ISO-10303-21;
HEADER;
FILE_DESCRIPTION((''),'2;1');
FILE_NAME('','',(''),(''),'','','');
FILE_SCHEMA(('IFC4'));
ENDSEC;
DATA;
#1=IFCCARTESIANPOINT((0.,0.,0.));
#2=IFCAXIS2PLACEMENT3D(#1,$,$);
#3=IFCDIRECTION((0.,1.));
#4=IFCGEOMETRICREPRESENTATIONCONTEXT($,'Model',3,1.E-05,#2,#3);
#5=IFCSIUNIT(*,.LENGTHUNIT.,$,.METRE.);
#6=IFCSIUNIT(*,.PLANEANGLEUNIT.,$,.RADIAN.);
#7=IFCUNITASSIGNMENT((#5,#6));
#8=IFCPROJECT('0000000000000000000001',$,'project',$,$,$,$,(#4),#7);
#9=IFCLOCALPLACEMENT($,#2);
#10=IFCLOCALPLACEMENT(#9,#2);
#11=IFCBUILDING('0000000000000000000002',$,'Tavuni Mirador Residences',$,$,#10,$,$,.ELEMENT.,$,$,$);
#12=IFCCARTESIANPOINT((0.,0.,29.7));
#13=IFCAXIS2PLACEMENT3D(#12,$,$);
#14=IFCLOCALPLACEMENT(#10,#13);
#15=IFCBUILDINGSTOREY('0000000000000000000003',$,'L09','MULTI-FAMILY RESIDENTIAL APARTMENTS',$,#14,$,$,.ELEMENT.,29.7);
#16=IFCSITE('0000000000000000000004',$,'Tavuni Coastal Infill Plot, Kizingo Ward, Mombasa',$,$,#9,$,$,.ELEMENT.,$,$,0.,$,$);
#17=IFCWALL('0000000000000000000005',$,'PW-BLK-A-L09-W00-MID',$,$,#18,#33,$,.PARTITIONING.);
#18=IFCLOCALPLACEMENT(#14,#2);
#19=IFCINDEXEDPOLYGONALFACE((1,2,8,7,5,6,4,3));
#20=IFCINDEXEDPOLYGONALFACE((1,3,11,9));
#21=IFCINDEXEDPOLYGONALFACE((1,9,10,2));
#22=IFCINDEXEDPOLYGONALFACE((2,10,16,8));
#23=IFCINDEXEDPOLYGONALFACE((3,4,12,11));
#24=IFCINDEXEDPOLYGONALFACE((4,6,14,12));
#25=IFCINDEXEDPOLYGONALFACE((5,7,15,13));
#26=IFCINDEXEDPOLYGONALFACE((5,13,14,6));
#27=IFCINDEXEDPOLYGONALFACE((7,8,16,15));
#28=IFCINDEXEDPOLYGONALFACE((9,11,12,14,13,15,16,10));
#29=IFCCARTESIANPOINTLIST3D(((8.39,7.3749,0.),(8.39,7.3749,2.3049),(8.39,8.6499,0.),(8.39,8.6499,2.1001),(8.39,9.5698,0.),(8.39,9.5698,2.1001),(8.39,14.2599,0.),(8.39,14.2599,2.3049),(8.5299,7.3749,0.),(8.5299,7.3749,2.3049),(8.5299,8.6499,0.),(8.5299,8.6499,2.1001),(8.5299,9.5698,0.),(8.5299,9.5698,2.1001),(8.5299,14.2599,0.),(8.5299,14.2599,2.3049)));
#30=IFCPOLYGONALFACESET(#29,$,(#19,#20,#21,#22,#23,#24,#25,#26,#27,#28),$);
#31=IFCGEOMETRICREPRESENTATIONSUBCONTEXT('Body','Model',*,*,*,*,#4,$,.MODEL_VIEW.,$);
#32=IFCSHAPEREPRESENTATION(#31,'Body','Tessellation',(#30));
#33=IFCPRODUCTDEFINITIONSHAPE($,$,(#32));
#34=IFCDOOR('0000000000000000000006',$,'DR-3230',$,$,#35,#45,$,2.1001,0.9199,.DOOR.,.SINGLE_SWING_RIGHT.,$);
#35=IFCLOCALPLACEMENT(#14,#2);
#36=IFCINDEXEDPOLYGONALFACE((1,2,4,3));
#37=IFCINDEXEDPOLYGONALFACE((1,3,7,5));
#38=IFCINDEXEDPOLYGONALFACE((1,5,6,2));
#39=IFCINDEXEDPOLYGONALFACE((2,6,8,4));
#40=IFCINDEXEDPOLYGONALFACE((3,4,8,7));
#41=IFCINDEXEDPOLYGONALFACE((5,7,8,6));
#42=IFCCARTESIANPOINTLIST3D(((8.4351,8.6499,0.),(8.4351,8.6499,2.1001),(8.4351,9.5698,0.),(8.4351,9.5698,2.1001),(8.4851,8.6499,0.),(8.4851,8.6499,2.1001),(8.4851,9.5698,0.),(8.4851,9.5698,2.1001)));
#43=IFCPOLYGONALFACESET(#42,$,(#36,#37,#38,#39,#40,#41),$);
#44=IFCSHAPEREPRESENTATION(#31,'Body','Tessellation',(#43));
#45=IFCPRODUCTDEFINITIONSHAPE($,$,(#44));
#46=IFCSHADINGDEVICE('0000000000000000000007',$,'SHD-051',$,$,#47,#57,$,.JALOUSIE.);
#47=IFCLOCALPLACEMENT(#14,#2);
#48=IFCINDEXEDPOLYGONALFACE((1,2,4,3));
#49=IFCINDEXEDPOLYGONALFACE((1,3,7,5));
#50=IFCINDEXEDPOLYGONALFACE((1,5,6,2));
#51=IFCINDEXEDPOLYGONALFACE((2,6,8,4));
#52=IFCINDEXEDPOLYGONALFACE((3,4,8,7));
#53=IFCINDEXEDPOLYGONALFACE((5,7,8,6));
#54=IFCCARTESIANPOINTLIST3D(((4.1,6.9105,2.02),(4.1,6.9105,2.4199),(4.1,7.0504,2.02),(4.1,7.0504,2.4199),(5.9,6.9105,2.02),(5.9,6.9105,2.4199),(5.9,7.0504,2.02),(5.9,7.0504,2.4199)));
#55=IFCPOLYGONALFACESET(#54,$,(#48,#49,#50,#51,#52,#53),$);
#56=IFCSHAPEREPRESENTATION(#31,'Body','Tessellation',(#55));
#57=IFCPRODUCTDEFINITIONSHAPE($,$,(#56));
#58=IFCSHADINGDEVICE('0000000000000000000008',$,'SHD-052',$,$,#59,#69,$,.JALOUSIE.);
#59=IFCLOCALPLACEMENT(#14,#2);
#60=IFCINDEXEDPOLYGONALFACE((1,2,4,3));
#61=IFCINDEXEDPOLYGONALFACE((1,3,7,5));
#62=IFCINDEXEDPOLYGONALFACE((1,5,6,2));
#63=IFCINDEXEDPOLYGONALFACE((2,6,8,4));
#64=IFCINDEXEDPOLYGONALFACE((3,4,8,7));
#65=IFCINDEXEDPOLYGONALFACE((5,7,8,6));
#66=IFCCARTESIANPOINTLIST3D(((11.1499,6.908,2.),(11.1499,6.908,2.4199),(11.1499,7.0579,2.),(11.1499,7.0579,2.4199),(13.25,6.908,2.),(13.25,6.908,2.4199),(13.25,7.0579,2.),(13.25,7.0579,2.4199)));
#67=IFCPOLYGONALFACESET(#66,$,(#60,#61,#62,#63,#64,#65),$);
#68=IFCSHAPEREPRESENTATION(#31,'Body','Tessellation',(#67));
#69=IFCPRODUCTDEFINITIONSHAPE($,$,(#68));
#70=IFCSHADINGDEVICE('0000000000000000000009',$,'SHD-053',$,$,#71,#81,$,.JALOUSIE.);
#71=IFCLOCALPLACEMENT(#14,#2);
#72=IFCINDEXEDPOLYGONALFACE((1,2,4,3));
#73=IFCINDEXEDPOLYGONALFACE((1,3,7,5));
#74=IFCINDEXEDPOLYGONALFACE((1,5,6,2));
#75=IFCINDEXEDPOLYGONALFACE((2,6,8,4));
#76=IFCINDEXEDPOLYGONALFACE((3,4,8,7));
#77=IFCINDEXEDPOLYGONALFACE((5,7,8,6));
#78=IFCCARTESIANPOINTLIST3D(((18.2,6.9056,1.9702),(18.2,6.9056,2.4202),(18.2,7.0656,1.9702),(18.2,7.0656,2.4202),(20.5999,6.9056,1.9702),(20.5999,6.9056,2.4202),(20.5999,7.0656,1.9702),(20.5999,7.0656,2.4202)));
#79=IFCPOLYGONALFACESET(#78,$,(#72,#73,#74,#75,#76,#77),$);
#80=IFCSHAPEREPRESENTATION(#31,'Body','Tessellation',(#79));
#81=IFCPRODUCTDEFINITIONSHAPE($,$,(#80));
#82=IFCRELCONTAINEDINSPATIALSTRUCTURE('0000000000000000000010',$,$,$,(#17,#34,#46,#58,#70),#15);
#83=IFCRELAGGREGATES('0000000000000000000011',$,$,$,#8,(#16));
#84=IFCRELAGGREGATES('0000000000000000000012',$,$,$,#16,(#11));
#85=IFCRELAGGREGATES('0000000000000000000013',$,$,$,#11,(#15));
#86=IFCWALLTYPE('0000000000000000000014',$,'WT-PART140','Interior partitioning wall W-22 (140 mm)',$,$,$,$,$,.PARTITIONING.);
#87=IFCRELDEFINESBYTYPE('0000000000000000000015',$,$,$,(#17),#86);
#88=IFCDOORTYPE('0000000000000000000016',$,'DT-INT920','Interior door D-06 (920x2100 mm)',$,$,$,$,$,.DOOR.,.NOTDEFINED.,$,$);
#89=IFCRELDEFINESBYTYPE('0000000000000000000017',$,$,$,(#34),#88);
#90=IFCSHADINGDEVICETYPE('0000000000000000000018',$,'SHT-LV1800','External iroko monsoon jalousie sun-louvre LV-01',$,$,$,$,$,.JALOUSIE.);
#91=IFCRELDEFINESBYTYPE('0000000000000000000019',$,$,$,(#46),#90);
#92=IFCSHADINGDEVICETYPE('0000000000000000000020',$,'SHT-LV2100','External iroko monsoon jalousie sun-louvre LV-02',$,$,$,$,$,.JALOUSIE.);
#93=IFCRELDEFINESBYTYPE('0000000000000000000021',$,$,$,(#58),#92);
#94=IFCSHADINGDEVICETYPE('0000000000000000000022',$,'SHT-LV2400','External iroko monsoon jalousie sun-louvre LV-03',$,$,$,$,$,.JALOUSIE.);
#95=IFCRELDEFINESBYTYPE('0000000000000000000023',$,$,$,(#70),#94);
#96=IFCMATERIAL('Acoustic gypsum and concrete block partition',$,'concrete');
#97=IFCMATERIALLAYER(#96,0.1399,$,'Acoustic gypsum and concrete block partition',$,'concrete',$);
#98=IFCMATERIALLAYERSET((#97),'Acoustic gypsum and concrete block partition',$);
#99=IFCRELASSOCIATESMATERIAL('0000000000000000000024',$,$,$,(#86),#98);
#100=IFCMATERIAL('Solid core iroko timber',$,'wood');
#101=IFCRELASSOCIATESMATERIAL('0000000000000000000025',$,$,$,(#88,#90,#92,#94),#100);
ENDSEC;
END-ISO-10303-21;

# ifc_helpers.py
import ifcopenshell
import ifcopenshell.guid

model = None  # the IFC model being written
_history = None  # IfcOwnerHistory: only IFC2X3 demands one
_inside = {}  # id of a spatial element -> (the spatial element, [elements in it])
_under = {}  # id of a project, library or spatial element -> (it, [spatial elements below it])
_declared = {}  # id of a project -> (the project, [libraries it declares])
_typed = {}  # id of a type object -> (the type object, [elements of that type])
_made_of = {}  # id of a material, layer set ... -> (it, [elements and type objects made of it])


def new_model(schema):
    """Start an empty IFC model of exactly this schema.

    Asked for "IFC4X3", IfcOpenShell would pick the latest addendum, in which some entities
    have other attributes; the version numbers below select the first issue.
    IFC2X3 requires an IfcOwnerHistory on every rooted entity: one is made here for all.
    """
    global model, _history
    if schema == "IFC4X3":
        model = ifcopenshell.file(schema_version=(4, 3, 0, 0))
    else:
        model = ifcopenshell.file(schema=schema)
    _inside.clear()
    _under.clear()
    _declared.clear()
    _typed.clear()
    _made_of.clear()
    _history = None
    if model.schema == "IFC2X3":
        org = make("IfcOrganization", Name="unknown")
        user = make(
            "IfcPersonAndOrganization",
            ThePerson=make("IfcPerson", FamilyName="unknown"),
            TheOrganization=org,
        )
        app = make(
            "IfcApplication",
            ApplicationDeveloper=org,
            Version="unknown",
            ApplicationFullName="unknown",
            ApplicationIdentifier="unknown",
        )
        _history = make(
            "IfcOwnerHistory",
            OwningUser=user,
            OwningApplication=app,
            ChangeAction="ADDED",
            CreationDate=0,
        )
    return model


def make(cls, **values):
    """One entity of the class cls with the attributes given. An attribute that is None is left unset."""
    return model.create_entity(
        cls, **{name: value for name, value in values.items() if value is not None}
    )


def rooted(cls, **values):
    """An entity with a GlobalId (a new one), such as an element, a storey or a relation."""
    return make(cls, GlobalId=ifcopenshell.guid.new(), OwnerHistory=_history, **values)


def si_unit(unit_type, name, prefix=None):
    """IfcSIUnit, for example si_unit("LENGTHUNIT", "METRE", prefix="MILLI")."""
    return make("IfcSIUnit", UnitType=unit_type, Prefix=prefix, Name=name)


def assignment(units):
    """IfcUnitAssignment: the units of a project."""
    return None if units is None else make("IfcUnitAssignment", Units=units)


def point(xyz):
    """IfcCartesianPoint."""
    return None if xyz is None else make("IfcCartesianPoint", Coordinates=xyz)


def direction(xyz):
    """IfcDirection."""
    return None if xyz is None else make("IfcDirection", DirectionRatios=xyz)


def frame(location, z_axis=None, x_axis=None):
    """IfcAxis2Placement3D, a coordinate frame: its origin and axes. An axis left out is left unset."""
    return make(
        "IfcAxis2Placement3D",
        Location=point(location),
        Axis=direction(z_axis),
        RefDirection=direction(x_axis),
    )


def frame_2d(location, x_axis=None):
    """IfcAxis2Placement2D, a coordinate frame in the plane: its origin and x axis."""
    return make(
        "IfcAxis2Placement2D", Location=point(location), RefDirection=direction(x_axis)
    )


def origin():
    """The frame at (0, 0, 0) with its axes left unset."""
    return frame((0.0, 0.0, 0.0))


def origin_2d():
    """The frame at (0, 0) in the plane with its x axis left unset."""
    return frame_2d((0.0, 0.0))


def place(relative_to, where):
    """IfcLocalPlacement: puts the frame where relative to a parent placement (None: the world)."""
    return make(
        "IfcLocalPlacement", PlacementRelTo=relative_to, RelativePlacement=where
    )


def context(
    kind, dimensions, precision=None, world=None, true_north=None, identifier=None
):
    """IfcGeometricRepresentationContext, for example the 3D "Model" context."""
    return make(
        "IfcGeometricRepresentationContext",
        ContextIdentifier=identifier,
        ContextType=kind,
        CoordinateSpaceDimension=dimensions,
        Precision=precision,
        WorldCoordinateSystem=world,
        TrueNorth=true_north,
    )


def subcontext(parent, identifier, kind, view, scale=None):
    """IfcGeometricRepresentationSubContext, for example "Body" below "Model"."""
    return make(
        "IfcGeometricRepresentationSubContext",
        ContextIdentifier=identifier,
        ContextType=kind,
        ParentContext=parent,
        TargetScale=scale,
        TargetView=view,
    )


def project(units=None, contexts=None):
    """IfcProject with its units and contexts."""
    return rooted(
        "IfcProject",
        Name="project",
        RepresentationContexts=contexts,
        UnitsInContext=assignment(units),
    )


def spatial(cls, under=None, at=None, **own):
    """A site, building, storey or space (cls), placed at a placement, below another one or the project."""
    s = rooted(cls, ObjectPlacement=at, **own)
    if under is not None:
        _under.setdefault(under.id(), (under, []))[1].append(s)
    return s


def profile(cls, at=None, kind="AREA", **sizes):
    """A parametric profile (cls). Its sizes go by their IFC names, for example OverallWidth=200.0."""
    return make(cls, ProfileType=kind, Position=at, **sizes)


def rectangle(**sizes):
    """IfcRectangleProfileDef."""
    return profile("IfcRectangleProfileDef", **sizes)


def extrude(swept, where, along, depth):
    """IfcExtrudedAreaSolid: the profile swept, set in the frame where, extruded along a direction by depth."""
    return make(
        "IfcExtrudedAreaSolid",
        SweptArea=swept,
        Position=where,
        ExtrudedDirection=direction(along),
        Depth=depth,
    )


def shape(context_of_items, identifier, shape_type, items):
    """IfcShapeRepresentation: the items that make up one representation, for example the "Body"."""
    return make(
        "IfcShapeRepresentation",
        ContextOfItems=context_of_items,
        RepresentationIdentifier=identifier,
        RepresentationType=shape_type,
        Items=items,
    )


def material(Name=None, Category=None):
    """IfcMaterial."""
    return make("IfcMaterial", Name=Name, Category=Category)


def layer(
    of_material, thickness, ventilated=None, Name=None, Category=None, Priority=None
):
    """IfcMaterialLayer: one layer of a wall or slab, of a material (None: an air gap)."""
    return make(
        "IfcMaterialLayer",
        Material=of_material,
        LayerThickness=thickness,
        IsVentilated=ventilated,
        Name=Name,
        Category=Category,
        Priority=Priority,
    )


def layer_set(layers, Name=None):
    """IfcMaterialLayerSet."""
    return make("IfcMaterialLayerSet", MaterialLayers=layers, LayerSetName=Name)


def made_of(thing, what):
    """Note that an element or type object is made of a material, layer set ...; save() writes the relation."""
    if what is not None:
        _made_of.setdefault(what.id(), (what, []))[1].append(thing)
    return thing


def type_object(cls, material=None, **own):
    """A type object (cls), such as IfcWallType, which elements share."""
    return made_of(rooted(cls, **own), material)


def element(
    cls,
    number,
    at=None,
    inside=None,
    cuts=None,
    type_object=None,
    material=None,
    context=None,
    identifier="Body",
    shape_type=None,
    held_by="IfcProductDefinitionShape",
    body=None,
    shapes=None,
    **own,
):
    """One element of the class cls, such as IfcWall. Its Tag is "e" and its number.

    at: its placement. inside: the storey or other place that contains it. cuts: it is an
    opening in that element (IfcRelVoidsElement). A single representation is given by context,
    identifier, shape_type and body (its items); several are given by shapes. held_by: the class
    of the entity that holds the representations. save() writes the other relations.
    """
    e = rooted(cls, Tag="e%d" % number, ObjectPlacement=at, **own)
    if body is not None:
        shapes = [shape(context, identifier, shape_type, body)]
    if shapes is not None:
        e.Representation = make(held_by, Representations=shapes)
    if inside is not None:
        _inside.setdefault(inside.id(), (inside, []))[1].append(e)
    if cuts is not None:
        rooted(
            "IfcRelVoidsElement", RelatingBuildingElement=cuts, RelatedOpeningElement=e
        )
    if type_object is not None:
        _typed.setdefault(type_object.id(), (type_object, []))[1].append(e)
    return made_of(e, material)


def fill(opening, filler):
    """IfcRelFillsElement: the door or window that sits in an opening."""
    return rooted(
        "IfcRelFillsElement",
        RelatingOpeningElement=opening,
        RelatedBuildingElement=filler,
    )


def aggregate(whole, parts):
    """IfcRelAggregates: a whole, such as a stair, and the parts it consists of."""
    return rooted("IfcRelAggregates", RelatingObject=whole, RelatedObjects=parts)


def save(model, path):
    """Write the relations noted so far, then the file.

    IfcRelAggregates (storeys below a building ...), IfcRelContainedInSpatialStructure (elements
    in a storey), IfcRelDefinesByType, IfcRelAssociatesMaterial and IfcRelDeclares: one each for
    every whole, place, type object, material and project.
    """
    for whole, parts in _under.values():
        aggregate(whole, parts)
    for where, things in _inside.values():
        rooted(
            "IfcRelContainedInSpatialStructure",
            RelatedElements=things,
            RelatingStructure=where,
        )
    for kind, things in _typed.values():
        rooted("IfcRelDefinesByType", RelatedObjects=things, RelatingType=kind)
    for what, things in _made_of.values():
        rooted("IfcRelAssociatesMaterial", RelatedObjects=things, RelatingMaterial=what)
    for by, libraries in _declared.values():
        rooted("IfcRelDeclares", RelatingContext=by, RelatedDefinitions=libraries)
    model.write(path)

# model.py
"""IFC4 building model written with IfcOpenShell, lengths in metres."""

from ifc_helpers import new_model, si_unit, direction, frame, frame_2d, origin, origin_2d, place, context, subcontext, project, spatial, rectangle, extrude, material, layer, layer_set, type_object, element, fill, save


model = new_model("IFC4")

# Units and contexts
model_context = context("Model", 3, precision=1e-05, world=origin(), true_north=direction((0.0, 1.0)))
body_context = subcontext(model_context, "Body", "Model", "MODEL_VIEW")
ifc_project = project(units=[si_unit("LENGTHUNIT", "METRE"), si_unit("PLANEANGLEUNIT", "RADIAN")], contexts=[model_context])

# Site, building, storey
site_placement = place(None, origin())
site = spatial("IfcSite", under=ifc_project, at=site_placement, Name="Tavuni Coastal Infill Plot, Kizingo Ward, Mombasa", CompositionType="ELEMENT", RefElevation=0.0)
building_placement = place(site_placement, origin())
building = spatial("IfcBuilding", under=site, at=building_placement, Name="Tavuni Mirador Residences", CompositionType="ELEMENT")
storey_placement = place(building_placement, frame((0.0, 0.0, 29.7)))
storey = spatial("IfcBuildingStorey", under=building, at=storey_placement, Name="L09", Description="MULTI-FAMILY RESIDENTIAL APARTMENTS", CompositionType="ELEMENT", Elevation=29.7)

# Shared definitions
ifc_material_1 = material(Name="Solid core iroko timber", Category="wood")

# Wall, opening, door
ifc_material_2 = material(Name="Acoustic gypsum and concrete block partition", Category="concrete")
ifc_layer_1 = layer(ifc_material_2, 0.1399, Name="Acoustic gypsum and concrete block partition", Category="concrete")
ifc_layer_set_1 = layer_set([ifc_layer_1], Name="Acoustic gypsum and concrete block partition")
wall_type_1 = type_object("IfcWallType", Name="WT-PART140", Description="Interior partitioning wall W-22 (140 mm)", PredefinedType="PARTITIONING", material=ifc_layer_set_1)
wall_1_placement = place(storey_placement, frame((8.46, 7.375, 0.0), z_axis=(0.0, 0.0, 1.0), x_axis=(0.0, 1.0, 0.0)))
wall_1 = element("IfcWall", 1, at=wall_1_placement, inside=storey, type_object=wall_type_1, Name="PW-BLK-A-L09-W00-MID", PredefinedType="PARTITIONING", context=body_context, shape_type="SweptSolid", body=[
    extrude(rectangle(XDim=6.885, YDim=0.1399, at=frame_2d((3.4424, 0.0))), origin(), (0.0, 0.0, 1.0), 2.3049),
])
opening_1_placement = place(wall_1_placement, frame((1.2749, 0.0, 0.0)))
opening_1 = element("IfcOpeningElement", 2, at=opening_1_placement, cuts=wall_1, PredefinedType="OPENING", context=body_context, shape_type="SweptSolid", body=[
    extrude(rectangle(XDim=0.9199, YDim=2.1001, at=frame_2d((0.46, 1.05))), frame((0.0, 0.0801, 0.0), z_axis=(0.0, -1.0, 0.0), x_axis=(1.0, 0.0, 0.0)), (0.0, 0.0, 1.0), 0.1599),
])
door_type_1 = type_object("IfcDoorType", Name="DT-INT920", Description="Interior door D-06 (920x2100 mm)", OperationType="NOTDEFINED", PredefinedType="DOOR", material=ifc_material_1)
door_1_placement = place(opening_1_placement, origin())
door_1 = element("IfcDoor", 3, at=door_1_placement, inside=storey, type_object=door_type_1, Name="DR-3230", OperationType="SINGLE_SWING_RIGHT", OverallHeight=2.1001, OverallWidth=0.9199, PredefinedType="DOOR", context=body_context, shape_type="SweptSolid", body=[
    extrude(rectangle(XDim=0.9199, YDim=2.1001, at=frame_2d((0.46, 1.05))), frame((0.0, 0.0249, 0.0), z_axis=(0.0, -1.0, 0.0), x_axis=(1.0, 0.0, 0.0)), (0.0, 0.0, 1.0), 0.05),
])
fill(opening_1, door_1)

# Shading devices
shading_device_type_1 = type_object("IfcShadingDeviceType", Name="SHT-LV1800", Description="External iroko monsoon jalousie sun-louvre LV-01", PredefinedType="JALOUSIE", material=ifc_material_1)
shading_device_1_placement = place(storey_placement, frame((5.0, 6.9805, 2.02), z_axis=(0.0, 0.0, 1.0), x_axis=(1.0, 0.0, 0.0)))
element("IfcShadingDevice", 4, at=shading_device_1_placement, inside=storey, type_object=shading_device_type_1, Name="SHD-051", PredefinedType="JALOUSIE", context=body_context, shape_type="SweptSolid", body=[
    extrude(rectangle(XDim=1.8, YDim=0.1399, at=origin_2d()), origin(), (0.0, 0.0, 1.0), 0.3999),
])
shading_device_type_2 = type_object("IfcShadingDeviceType", Name="SHT-LV2100", Description="External iroko monsoon jalousie sun-louvre LV-02", PredefinedType="JALOUSIE", material=ifc_material_1)
shading_device_2_placement = place(storey_placement, frame((12.2, 6.9829, 2.0), z_axis=(0.0, 0.0, 1.0), x_axis=(1.0, 0.0, 0.0)))
element("IfcShadingDevice", 5, at=shading_device_2_placement, inside=storey, type_object=shading_device_type_2, Name="SHD-052", PredefinedType="JALOUSIE", context=body_context, shape_type="SweptSolid", body=[
    extrude(rectangle(XDim=2.1001, YDim=0.1499, at=origin_2d()), origin(), (0.0, 0.0, 1.0), 0.4199),
])
shading_device_type_3 = type_object("IfcShadingDeviceType", Name="SHT-LV2400", Description="External iroko monsoon jalousie sun-louvre LV-03", PredefinedType="JALOUSIE", material=ifc_material_1)
shading_device_3_placement = place(storey_placement, frame((19.3999, 6.9856, 1.9702), z_axis=(0.0, 0.0, 1.0), x_axis=(1.0, 0.0, 0.0)))
element("IfcShadingDevice", 6, at=shading_device_3_placement, inside=storey, type_object=shading_device_type_3, Name="SHD-053", PredefinedType="JALOUSIE", context=body_context, shape_type="SweptSolid", body=[
    extrude(rectangle(XDim=2.3999, YDim=0.1599, at=origin_2d()), origin(), (0.0, 0.0, 1.0), 0.45),
])

save(model, "model.ifc")
